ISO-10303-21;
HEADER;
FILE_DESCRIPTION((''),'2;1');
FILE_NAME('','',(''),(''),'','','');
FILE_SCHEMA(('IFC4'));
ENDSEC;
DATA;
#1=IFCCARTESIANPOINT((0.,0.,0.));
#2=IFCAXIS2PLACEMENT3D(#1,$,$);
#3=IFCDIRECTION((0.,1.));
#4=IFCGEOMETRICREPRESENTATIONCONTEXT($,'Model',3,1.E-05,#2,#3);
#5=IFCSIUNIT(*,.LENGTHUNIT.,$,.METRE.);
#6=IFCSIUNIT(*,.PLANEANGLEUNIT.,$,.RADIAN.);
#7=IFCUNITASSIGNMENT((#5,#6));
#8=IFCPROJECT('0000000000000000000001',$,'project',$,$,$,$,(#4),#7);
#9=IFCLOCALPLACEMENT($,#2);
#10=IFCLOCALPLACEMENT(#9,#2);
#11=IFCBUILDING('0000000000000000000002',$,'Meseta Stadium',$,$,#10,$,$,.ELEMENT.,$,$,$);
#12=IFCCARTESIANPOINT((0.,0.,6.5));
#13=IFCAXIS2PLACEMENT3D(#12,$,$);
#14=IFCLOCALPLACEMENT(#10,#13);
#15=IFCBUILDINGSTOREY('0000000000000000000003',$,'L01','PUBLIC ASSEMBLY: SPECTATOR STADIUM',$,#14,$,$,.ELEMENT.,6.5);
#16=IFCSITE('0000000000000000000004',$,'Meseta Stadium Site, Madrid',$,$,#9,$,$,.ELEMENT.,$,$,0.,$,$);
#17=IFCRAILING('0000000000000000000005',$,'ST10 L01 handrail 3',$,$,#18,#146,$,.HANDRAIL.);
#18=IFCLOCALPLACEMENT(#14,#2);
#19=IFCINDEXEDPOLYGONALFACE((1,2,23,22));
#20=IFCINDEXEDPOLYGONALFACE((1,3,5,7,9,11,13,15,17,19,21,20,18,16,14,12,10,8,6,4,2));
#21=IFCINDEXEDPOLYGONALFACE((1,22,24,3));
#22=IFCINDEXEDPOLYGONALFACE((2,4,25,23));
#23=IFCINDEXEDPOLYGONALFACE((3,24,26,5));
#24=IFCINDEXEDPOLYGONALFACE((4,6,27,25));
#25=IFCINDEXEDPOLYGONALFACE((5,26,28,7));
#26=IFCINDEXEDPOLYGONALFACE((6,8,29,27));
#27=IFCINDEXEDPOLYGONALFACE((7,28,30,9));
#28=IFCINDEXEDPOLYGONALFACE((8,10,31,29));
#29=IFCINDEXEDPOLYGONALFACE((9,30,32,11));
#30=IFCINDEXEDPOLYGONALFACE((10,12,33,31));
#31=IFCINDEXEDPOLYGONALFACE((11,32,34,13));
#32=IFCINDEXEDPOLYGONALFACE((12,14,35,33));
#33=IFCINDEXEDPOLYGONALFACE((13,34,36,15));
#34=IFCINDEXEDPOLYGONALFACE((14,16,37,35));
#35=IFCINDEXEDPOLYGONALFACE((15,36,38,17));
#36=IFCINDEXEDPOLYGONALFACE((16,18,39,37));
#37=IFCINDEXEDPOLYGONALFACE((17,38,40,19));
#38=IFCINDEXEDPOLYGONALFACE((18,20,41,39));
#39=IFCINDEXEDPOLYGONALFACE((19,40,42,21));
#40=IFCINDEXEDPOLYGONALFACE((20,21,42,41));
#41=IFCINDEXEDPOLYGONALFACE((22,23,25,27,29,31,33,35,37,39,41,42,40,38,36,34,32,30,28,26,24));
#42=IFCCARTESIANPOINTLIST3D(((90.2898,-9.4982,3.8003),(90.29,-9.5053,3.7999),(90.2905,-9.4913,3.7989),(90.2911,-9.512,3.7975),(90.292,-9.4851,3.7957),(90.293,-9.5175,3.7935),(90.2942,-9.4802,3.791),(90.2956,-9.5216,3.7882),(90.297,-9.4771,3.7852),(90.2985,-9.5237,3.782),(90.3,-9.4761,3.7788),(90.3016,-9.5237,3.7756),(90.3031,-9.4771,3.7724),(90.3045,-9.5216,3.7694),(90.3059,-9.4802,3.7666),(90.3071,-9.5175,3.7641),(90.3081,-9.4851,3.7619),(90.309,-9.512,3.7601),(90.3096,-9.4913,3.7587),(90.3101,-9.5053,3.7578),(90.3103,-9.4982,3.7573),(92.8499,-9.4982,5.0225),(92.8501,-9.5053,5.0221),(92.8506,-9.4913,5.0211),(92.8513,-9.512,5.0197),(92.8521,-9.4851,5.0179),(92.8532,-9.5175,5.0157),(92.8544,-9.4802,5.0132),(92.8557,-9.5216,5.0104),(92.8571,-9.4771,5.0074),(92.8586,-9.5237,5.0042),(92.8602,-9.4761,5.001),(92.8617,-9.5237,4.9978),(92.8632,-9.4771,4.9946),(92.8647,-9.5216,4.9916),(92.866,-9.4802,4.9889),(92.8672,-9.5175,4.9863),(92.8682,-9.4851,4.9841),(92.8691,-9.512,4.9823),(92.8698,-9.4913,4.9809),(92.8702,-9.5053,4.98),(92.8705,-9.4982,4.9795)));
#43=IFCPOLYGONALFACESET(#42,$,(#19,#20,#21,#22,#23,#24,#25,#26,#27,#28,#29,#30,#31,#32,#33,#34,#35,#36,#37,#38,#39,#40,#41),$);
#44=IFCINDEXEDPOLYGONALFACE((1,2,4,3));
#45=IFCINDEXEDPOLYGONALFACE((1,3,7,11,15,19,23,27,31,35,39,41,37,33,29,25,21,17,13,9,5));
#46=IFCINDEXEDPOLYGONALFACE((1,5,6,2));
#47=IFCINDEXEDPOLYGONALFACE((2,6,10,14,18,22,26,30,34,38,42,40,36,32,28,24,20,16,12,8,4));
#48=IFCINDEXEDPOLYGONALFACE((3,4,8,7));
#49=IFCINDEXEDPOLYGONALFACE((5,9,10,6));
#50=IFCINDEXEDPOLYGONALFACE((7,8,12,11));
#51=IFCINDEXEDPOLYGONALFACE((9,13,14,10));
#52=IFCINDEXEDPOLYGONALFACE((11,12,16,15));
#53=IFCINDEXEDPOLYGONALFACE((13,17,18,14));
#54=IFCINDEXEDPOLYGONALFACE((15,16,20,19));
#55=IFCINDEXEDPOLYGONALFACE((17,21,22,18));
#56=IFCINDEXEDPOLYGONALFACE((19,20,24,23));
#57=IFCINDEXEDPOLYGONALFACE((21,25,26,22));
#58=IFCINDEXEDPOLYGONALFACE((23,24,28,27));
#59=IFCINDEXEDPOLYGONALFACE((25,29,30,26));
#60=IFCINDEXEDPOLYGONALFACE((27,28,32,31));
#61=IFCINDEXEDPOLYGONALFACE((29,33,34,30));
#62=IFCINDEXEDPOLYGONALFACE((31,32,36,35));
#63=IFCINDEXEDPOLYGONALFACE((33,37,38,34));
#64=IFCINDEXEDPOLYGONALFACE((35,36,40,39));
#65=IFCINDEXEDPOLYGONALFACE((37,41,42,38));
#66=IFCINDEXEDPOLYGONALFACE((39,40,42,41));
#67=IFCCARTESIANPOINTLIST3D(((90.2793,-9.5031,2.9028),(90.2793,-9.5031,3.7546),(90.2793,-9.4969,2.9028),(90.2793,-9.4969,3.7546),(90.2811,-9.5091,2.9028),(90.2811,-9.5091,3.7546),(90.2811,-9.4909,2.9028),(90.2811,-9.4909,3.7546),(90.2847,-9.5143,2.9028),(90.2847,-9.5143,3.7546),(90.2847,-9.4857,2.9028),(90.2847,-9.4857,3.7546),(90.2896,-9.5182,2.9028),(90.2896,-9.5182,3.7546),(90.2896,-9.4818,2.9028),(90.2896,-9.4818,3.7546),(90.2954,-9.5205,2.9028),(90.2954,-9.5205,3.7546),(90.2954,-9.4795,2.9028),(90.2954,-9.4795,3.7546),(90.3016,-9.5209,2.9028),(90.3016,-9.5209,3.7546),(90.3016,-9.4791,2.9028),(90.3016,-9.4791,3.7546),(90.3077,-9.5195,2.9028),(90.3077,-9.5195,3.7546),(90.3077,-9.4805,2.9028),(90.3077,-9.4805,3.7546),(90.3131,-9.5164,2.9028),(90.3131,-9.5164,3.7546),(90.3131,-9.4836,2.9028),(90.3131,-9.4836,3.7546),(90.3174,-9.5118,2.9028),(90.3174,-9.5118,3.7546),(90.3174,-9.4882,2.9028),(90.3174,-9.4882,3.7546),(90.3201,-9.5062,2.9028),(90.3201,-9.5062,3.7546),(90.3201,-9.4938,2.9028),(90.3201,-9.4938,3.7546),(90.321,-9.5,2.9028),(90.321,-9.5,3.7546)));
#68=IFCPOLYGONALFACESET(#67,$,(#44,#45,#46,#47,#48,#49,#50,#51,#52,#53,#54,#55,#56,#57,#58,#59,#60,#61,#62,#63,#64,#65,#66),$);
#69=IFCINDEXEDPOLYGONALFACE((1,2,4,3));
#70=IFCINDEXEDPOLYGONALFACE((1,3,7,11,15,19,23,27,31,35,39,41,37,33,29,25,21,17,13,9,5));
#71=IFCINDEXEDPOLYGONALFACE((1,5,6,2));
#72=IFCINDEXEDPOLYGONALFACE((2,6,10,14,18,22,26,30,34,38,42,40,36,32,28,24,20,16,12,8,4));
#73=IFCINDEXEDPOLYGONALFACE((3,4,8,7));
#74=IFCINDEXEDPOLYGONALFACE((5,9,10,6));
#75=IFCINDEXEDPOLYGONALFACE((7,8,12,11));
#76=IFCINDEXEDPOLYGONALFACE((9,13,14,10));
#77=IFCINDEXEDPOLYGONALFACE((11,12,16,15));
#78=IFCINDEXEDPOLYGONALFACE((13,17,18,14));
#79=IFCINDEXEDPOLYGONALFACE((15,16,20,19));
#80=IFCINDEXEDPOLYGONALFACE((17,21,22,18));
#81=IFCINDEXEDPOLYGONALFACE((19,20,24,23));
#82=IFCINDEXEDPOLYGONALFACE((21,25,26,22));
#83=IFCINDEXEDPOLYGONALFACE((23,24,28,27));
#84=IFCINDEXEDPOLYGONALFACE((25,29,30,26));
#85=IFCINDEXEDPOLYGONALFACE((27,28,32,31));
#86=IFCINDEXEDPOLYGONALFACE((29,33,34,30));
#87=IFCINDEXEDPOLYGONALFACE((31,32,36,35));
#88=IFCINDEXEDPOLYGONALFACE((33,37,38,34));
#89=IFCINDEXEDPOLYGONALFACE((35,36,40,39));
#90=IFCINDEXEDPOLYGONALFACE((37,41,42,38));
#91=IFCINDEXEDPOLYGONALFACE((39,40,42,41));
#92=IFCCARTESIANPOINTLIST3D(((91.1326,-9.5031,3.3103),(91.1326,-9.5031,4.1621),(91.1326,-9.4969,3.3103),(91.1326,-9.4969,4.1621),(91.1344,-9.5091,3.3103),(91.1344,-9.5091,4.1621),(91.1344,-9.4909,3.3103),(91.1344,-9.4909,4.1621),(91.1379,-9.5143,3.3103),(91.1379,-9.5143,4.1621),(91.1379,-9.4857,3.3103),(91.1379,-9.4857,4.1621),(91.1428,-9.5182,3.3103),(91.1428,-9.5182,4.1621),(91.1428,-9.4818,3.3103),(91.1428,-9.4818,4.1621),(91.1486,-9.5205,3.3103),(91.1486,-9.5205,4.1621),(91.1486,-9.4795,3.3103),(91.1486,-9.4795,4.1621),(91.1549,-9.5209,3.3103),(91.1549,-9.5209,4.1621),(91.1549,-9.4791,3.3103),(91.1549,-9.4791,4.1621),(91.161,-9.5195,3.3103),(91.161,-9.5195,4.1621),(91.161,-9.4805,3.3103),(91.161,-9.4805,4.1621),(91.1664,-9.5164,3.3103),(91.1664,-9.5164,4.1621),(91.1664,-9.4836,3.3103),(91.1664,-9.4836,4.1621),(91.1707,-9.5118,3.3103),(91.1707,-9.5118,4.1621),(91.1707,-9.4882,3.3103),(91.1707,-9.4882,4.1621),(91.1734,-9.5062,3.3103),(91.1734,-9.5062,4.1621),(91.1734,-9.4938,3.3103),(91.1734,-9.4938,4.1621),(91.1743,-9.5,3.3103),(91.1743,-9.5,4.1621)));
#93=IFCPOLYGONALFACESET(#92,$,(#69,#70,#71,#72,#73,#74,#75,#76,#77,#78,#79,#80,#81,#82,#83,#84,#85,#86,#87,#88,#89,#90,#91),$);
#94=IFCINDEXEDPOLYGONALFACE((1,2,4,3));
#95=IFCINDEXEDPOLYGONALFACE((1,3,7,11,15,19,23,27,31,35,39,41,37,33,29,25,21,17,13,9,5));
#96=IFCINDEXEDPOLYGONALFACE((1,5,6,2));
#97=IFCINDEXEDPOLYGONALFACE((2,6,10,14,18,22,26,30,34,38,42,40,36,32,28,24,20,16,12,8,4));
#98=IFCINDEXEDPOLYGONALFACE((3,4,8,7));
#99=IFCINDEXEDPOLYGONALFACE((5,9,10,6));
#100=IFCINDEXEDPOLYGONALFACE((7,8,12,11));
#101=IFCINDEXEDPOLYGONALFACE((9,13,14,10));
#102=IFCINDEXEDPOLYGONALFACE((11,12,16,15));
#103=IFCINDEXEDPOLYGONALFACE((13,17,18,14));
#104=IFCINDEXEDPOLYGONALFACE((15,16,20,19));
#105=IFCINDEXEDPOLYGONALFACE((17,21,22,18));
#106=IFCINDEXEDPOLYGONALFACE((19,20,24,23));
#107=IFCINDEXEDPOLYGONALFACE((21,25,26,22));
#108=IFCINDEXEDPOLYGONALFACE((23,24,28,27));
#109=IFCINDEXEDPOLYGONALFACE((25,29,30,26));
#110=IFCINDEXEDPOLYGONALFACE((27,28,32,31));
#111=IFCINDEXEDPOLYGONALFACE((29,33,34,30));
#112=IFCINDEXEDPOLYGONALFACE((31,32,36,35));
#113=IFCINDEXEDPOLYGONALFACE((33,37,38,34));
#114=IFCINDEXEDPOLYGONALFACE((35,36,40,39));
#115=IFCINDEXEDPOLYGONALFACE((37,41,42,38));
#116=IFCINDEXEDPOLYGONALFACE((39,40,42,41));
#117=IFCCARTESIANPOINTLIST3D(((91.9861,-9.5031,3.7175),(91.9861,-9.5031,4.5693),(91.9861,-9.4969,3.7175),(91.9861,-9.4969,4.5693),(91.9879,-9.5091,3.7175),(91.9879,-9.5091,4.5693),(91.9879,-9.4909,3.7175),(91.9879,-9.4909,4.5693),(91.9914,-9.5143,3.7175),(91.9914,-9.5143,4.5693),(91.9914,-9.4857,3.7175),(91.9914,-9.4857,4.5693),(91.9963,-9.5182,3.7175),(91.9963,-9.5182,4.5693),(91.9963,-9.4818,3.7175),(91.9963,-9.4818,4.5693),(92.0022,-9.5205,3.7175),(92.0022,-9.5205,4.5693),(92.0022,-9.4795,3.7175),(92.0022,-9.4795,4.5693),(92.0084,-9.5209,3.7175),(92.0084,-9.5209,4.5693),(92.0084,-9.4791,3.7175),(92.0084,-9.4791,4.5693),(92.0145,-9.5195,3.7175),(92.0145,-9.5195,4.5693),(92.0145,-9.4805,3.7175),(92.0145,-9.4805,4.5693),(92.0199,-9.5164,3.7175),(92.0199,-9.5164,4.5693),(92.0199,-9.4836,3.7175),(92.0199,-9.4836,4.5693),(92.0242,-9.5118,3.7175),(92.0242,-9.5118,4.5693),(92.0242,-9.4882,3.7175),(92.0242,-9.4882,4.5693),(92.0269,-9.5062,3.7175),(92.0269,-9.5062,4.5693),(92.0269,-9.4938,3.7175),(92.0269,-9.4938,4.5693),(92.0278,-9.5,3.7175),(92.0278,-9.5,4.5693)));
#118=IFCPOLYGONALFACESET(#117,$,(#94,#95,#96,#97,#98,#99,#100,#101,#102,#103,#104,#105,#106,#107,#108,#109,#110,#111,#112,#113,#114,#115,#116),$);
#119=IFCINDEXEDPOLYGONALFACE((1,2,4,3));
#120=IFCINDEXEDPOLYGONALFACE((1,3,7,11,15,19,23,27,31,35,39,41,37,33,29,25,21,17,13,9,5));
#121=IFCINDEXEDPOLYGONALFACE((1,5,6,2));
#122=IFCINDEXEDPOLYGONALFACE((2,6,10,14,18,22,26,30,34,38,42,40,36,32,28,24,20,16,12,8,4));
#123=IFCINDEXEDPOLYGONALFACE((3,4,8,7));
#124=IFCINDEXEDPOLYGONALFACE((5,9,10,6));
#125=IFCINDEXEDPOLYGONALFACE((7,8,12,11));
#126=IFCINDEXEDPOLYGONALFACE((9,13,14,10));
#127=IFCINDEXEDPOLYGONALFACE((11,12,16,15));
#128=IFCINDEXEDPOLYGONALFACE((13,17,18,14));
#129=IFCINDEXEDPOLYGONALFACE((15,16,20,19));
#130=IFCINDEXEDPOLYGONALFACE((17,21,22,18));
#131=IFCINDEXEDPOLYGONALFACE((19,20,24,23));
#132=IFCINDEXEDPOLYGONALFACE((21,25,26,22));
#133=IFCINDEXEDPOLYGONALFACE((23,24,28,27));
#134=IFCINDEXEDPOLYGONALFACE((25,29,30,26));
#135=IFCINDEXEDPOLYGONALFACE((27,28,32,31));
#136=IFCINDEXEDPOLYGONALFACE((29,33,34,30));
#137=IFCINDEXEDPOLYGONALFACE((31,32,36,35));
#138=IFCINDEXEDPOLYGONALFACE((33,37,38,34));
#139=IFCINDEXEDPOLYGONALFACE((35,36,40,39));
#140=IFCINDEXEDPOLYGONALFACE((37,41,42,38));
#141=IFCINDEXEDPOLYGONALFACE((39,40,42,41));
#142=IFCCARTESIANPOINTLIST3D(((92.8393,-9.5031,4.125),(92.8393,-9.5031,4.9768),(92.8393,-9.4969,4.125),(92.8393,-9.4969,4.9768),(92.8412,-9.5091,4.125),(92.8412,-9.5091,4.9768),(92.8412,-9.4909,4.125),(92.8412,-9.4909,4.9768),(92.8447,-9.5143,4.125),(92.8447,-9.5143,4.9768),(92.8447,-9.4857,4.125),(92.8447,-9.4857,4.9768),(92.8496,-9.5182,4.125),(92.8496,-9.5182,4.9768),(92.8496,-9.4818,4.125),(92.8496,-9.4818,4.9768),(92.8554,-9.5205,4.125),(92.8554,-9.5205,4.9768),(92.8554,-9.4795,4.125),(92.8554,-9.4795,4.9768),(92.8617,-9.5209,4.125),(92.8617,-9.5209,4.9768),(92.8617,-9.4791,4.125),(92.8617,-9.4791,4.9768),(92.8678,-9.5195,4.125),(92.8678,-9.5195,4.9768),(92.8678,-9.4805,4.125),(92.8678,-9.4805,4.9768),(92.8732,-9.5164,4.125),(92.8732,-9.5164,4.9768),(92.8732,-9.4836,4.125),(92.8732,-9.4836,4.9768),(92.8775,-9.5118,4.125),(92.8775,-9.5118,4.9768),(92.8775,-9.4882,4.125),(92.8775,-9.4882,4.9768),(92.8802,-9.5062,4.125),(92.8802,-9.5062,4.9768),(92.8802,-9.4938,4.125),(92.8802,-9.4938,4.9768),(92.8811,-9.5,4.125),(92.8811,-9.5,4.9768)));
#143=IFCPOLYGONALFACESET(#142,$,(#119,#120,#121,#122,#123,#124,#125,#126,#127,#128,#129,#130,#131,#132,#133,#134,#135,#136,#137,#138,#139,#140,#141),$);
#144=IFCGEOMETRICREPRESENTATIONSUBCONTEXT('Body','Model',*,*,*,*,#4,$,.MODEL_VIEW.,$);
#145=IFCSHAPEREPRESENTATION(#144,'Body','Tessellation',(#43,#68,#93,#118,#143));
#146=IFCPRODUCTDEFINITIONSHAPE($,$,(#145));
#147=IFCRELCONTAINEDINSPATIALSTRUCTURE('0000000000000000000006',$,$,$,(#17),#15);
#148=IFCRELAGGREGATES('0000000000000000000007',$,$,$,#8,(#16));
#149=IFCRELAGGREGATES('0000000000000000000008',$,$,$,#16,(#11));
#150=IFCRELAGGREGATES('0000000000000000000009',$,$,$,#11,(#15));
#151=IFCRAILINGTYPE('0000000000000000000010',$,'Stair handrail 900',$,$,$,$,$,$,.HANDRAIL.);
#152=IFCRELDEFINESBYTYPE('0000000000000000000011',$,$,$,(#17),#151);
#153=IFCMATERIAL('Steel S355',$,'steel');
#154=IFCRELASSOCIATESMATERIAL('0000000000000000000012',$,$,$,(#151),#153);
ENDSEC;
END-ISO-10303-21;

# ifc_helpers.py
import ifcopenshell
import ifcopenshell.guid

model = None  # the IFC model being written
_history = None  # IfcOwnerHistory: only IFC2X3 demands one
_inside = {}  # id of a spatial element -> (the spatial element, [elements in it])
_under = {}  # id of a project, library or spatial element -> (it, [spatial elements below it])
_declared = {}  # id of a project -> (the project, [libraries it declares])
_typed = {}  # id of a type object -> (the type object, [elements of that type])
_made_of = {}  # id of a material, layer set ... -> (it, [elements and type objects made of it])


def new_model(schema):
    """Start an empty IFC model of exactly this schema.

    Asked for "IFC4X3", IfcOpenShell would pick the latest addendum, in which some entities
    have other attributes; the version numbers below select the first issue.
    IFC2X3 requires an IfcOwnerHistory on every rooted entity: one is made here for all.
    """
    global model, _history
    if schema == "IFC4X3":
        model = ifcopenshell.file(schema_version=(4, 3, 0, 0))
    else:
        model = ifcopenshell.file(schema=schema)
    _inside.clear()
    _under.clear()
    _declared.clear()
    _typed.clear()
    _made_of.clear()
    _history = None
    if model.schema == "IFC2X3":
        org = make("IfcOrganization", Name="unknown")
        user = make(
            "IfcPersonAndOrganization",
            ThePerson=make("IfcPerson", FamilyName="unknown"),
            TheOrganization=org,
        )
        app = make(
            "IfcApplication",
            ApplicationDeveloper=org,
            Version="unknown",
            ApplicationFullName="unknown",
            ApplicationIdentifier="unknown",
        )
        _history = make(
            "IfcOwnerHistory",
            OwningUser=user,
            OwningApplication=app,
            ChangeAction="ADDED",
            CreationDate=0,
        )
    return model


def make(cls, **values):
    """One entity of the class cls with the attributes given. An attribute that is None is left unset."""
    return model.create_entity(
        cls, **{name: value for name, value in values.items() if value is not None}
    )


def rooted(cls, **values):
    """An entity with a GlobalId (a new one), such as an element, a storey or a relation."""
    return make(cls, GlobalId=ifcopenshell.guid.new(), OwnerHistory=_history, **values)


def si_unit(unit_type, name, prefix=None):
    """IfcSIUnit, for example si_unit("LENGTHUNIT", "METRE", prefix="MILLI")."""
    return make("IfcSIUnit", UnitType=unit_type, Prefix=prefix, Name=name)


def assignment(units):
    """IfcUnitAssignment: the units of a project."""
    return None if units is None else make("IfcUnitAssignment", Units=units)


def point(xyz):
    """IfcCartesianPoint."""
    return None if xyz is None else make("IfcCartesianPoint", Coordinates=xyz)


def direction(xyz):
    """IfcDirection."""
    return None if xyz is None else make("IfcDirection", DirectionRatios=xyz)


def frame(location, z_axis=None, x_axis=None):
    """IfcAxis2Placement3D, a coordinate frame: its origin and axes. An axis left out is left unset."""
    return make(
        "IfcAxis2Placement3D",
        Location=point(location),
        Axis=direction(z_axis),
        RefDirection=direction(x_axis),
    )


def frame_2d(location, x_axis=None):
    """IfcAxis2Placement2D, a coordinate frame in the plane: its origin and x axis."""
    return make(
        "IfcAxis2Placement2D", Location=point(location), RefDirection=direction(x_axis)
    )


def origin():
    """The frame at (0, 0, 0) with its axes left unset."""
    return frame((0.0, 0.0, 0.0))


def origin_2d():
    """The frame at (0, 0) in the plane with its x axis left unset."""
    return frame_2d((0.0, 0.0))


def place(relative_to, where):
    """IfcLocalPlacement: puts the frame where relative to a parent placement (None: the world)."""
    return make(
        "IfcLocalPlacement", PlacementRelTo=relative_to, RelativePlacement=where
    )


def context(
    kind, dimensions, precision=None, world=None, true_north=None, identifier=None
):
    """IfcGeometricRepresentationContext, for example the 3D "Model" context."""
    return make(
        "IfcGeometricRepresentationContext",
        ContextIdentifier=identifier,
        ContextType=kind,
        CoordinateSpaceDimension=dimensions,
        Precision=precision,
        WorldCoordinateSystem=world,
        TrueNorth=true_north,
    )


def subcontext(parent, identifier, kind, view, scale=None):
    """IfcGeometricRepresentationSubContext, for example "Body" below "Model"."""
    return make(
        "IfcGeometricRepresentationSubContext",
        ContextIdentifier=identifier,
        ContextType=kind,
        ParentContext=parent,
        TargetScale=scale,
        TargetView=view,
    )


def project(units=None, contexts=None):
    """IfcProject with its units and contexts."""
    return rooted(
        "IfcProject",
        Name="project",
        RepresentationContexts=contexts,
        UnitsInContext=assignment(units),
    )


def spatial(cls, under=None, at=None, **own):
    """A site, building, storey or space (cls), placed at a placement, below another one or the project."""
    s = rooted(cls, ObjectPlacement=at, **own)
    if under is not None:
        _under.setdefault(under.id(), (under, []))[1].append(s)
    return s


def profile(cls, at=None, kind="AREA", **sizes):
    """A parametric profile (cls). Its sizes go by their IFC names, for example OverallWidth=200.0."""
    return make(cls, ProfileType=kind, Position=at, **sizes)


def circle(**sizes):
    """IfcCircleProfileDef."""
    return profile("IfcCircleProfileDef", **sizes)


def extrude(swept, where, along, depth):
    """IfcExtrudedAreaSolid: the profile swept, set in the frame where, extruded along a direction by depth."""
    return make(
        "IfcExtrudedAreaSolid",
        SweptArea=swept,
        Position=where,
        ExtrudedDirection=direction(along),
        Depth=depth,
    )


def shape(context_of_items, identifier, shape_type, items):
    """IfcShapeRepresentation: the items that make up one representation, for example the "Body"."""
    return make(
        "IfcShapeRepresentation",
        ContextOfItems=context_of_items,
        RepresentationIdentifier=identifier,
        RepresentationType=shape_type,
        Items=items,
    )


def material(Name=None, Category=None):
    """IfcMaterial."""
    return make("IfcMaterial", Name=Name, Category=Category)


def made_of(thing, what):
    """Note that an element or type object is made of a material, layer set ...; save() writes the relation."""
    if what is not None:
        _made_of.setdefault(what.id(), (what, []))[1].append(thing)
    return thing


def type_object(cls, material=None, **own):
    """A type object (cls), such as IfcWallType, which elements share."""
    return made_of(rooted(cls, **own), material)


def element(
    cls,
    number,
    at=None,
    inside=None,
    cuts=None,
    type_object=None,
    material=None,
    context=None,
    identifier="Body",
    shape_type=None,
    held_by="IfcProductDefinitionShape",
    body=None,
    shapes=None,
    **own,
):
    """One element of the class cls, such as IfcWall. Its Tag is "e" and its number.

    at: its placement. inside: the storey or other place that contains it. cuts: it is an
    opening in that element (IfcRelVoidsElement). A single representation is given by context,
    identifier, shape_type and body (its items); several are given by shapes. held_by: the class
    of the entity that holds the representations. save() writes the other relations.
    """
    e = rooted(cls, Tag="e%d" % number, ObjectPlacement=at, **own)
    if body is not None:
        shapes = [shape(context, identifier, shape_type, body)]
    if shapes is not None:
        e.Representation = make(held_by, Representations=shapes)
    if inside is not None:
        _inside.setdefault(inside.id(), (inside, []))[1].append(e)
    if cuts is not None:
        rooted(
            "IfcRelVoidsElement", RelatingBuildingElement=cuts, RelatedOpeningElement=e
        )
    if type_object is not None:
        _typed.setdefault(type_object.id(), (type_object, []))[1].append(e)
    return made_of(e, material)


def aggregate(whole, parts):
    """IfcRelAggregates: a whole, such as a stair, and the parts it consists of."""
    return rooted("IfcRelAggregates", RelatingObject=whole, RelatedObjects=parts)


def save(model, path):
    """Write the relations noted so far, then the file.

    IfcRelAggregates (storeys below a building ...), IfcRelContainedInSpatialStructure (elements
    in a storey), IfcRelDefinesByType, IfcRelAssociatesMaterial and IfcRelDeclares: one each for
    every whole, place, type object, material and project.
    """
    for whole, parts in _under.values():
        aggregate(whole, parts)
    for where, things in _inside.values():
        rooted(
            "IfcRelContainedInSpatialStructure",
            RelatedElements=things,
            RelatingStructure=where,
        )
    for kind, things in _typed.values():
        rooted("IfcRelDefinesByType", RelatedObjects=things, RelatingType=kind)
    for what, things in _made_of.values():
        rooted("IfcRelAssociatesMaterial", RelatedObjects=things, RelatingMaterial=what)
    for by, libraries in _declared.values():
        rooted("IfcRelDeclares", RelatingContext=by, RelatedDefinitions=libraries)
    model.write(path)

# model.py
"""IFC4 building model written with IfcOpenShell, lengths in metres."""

from ifc_helpers import new_model, si_unit, direction, frame, origin, origin_2d, place, context, subcontext, project, spatial, circle, extrude, material, type_object, element, save


model = new_model("IFC4")

# Units and contexts
model_context = context("Model", 3, precision=1e-05, world=origin(), true_north=direction((0.0, 1.0)))
body_context = subcontext(model_context, "Body", "Model", "MODEL_VIEW")
ifc_project = project(units=[si_unit("LENGTHUNIT", "METRE"), si_unit("PLANEANGLEUNIT", "RADIAN")], contexts=[model_context])

# Site, building, storey
site_placement = place(None, origin())
site = spatial("IfcSite", under=ifc_project, at=site_placement, Name="Meseta Stadium Site, Madrid", CompositionType="ELEMENT", RefElevation=0.0)
building_placement = place(site_placement, origin())
building = spatial("IfcBuilding", under=site, at=building_placement, Name="Meseta Stadium", CompositionType="ELEMENT")
storey_placement = place(building_placement, frame((0.0, 0.0, 6.5)))
storey = spatial("IfcBuildingStorey", under=building, at=storey_placement, Name="L01", Description="PUBLIC ASSEMBLY: SPECTATOR STADIUM", CompositionType="ELEMENT", Elevation=6.5)

# Railing
ifc_material_1 = material(Name="Steel S355", Category="steel")
railing_type_1 = type_object("IfcRailingType", Name="Stair handrail 900", PredefinedType="HANDRAIL", material=ifc_material_1)
railing_1_placement = place(storey_placement, frame((90.3, -9.5, 2.9028)))
element("IfcRailing", 1, at=railing_1_placement, inside=storey, type_object=railing_type_1, Name="ST10 L01 handrail 3", PredefinedType="HANDRAIL", context=body_context, shape_type="SweptSolid", body=[
    extrude(circle(Radius=0.0239, at=origin_2d()), frame((0.0, 0.0, 0.876), z_axis=(0.902437, 0.0, 0.430822), x_axis=(0.0, 1.0, 0.0)), (0.0, 0.0, 1.0), 2.8369),
    extrude(circle(Radius=0.021, at=origin_2d()), origin(), (0.0, 0.0, 1.0), 0.8518),
    extrude(circle(Radius=0.021, at=origin_2d()), frame((0.8533, 0.0, 0.4075)), (0.0, 0.0, 1.0), 0.8518),
    extrude(circle(Radius=0.021, at=origin_2d()), frame((1.7068, 0.0, 0.8147)), (0.0, 0.0, 1.0), 0.8518),
    extrude(circle(Radius=0.021, at=origin_2d()), frame((2.5601, 0.0, 1.2222)), (0.0, 0.0, 1.0), 0.8518),
])

save(model, "model.ifc")
